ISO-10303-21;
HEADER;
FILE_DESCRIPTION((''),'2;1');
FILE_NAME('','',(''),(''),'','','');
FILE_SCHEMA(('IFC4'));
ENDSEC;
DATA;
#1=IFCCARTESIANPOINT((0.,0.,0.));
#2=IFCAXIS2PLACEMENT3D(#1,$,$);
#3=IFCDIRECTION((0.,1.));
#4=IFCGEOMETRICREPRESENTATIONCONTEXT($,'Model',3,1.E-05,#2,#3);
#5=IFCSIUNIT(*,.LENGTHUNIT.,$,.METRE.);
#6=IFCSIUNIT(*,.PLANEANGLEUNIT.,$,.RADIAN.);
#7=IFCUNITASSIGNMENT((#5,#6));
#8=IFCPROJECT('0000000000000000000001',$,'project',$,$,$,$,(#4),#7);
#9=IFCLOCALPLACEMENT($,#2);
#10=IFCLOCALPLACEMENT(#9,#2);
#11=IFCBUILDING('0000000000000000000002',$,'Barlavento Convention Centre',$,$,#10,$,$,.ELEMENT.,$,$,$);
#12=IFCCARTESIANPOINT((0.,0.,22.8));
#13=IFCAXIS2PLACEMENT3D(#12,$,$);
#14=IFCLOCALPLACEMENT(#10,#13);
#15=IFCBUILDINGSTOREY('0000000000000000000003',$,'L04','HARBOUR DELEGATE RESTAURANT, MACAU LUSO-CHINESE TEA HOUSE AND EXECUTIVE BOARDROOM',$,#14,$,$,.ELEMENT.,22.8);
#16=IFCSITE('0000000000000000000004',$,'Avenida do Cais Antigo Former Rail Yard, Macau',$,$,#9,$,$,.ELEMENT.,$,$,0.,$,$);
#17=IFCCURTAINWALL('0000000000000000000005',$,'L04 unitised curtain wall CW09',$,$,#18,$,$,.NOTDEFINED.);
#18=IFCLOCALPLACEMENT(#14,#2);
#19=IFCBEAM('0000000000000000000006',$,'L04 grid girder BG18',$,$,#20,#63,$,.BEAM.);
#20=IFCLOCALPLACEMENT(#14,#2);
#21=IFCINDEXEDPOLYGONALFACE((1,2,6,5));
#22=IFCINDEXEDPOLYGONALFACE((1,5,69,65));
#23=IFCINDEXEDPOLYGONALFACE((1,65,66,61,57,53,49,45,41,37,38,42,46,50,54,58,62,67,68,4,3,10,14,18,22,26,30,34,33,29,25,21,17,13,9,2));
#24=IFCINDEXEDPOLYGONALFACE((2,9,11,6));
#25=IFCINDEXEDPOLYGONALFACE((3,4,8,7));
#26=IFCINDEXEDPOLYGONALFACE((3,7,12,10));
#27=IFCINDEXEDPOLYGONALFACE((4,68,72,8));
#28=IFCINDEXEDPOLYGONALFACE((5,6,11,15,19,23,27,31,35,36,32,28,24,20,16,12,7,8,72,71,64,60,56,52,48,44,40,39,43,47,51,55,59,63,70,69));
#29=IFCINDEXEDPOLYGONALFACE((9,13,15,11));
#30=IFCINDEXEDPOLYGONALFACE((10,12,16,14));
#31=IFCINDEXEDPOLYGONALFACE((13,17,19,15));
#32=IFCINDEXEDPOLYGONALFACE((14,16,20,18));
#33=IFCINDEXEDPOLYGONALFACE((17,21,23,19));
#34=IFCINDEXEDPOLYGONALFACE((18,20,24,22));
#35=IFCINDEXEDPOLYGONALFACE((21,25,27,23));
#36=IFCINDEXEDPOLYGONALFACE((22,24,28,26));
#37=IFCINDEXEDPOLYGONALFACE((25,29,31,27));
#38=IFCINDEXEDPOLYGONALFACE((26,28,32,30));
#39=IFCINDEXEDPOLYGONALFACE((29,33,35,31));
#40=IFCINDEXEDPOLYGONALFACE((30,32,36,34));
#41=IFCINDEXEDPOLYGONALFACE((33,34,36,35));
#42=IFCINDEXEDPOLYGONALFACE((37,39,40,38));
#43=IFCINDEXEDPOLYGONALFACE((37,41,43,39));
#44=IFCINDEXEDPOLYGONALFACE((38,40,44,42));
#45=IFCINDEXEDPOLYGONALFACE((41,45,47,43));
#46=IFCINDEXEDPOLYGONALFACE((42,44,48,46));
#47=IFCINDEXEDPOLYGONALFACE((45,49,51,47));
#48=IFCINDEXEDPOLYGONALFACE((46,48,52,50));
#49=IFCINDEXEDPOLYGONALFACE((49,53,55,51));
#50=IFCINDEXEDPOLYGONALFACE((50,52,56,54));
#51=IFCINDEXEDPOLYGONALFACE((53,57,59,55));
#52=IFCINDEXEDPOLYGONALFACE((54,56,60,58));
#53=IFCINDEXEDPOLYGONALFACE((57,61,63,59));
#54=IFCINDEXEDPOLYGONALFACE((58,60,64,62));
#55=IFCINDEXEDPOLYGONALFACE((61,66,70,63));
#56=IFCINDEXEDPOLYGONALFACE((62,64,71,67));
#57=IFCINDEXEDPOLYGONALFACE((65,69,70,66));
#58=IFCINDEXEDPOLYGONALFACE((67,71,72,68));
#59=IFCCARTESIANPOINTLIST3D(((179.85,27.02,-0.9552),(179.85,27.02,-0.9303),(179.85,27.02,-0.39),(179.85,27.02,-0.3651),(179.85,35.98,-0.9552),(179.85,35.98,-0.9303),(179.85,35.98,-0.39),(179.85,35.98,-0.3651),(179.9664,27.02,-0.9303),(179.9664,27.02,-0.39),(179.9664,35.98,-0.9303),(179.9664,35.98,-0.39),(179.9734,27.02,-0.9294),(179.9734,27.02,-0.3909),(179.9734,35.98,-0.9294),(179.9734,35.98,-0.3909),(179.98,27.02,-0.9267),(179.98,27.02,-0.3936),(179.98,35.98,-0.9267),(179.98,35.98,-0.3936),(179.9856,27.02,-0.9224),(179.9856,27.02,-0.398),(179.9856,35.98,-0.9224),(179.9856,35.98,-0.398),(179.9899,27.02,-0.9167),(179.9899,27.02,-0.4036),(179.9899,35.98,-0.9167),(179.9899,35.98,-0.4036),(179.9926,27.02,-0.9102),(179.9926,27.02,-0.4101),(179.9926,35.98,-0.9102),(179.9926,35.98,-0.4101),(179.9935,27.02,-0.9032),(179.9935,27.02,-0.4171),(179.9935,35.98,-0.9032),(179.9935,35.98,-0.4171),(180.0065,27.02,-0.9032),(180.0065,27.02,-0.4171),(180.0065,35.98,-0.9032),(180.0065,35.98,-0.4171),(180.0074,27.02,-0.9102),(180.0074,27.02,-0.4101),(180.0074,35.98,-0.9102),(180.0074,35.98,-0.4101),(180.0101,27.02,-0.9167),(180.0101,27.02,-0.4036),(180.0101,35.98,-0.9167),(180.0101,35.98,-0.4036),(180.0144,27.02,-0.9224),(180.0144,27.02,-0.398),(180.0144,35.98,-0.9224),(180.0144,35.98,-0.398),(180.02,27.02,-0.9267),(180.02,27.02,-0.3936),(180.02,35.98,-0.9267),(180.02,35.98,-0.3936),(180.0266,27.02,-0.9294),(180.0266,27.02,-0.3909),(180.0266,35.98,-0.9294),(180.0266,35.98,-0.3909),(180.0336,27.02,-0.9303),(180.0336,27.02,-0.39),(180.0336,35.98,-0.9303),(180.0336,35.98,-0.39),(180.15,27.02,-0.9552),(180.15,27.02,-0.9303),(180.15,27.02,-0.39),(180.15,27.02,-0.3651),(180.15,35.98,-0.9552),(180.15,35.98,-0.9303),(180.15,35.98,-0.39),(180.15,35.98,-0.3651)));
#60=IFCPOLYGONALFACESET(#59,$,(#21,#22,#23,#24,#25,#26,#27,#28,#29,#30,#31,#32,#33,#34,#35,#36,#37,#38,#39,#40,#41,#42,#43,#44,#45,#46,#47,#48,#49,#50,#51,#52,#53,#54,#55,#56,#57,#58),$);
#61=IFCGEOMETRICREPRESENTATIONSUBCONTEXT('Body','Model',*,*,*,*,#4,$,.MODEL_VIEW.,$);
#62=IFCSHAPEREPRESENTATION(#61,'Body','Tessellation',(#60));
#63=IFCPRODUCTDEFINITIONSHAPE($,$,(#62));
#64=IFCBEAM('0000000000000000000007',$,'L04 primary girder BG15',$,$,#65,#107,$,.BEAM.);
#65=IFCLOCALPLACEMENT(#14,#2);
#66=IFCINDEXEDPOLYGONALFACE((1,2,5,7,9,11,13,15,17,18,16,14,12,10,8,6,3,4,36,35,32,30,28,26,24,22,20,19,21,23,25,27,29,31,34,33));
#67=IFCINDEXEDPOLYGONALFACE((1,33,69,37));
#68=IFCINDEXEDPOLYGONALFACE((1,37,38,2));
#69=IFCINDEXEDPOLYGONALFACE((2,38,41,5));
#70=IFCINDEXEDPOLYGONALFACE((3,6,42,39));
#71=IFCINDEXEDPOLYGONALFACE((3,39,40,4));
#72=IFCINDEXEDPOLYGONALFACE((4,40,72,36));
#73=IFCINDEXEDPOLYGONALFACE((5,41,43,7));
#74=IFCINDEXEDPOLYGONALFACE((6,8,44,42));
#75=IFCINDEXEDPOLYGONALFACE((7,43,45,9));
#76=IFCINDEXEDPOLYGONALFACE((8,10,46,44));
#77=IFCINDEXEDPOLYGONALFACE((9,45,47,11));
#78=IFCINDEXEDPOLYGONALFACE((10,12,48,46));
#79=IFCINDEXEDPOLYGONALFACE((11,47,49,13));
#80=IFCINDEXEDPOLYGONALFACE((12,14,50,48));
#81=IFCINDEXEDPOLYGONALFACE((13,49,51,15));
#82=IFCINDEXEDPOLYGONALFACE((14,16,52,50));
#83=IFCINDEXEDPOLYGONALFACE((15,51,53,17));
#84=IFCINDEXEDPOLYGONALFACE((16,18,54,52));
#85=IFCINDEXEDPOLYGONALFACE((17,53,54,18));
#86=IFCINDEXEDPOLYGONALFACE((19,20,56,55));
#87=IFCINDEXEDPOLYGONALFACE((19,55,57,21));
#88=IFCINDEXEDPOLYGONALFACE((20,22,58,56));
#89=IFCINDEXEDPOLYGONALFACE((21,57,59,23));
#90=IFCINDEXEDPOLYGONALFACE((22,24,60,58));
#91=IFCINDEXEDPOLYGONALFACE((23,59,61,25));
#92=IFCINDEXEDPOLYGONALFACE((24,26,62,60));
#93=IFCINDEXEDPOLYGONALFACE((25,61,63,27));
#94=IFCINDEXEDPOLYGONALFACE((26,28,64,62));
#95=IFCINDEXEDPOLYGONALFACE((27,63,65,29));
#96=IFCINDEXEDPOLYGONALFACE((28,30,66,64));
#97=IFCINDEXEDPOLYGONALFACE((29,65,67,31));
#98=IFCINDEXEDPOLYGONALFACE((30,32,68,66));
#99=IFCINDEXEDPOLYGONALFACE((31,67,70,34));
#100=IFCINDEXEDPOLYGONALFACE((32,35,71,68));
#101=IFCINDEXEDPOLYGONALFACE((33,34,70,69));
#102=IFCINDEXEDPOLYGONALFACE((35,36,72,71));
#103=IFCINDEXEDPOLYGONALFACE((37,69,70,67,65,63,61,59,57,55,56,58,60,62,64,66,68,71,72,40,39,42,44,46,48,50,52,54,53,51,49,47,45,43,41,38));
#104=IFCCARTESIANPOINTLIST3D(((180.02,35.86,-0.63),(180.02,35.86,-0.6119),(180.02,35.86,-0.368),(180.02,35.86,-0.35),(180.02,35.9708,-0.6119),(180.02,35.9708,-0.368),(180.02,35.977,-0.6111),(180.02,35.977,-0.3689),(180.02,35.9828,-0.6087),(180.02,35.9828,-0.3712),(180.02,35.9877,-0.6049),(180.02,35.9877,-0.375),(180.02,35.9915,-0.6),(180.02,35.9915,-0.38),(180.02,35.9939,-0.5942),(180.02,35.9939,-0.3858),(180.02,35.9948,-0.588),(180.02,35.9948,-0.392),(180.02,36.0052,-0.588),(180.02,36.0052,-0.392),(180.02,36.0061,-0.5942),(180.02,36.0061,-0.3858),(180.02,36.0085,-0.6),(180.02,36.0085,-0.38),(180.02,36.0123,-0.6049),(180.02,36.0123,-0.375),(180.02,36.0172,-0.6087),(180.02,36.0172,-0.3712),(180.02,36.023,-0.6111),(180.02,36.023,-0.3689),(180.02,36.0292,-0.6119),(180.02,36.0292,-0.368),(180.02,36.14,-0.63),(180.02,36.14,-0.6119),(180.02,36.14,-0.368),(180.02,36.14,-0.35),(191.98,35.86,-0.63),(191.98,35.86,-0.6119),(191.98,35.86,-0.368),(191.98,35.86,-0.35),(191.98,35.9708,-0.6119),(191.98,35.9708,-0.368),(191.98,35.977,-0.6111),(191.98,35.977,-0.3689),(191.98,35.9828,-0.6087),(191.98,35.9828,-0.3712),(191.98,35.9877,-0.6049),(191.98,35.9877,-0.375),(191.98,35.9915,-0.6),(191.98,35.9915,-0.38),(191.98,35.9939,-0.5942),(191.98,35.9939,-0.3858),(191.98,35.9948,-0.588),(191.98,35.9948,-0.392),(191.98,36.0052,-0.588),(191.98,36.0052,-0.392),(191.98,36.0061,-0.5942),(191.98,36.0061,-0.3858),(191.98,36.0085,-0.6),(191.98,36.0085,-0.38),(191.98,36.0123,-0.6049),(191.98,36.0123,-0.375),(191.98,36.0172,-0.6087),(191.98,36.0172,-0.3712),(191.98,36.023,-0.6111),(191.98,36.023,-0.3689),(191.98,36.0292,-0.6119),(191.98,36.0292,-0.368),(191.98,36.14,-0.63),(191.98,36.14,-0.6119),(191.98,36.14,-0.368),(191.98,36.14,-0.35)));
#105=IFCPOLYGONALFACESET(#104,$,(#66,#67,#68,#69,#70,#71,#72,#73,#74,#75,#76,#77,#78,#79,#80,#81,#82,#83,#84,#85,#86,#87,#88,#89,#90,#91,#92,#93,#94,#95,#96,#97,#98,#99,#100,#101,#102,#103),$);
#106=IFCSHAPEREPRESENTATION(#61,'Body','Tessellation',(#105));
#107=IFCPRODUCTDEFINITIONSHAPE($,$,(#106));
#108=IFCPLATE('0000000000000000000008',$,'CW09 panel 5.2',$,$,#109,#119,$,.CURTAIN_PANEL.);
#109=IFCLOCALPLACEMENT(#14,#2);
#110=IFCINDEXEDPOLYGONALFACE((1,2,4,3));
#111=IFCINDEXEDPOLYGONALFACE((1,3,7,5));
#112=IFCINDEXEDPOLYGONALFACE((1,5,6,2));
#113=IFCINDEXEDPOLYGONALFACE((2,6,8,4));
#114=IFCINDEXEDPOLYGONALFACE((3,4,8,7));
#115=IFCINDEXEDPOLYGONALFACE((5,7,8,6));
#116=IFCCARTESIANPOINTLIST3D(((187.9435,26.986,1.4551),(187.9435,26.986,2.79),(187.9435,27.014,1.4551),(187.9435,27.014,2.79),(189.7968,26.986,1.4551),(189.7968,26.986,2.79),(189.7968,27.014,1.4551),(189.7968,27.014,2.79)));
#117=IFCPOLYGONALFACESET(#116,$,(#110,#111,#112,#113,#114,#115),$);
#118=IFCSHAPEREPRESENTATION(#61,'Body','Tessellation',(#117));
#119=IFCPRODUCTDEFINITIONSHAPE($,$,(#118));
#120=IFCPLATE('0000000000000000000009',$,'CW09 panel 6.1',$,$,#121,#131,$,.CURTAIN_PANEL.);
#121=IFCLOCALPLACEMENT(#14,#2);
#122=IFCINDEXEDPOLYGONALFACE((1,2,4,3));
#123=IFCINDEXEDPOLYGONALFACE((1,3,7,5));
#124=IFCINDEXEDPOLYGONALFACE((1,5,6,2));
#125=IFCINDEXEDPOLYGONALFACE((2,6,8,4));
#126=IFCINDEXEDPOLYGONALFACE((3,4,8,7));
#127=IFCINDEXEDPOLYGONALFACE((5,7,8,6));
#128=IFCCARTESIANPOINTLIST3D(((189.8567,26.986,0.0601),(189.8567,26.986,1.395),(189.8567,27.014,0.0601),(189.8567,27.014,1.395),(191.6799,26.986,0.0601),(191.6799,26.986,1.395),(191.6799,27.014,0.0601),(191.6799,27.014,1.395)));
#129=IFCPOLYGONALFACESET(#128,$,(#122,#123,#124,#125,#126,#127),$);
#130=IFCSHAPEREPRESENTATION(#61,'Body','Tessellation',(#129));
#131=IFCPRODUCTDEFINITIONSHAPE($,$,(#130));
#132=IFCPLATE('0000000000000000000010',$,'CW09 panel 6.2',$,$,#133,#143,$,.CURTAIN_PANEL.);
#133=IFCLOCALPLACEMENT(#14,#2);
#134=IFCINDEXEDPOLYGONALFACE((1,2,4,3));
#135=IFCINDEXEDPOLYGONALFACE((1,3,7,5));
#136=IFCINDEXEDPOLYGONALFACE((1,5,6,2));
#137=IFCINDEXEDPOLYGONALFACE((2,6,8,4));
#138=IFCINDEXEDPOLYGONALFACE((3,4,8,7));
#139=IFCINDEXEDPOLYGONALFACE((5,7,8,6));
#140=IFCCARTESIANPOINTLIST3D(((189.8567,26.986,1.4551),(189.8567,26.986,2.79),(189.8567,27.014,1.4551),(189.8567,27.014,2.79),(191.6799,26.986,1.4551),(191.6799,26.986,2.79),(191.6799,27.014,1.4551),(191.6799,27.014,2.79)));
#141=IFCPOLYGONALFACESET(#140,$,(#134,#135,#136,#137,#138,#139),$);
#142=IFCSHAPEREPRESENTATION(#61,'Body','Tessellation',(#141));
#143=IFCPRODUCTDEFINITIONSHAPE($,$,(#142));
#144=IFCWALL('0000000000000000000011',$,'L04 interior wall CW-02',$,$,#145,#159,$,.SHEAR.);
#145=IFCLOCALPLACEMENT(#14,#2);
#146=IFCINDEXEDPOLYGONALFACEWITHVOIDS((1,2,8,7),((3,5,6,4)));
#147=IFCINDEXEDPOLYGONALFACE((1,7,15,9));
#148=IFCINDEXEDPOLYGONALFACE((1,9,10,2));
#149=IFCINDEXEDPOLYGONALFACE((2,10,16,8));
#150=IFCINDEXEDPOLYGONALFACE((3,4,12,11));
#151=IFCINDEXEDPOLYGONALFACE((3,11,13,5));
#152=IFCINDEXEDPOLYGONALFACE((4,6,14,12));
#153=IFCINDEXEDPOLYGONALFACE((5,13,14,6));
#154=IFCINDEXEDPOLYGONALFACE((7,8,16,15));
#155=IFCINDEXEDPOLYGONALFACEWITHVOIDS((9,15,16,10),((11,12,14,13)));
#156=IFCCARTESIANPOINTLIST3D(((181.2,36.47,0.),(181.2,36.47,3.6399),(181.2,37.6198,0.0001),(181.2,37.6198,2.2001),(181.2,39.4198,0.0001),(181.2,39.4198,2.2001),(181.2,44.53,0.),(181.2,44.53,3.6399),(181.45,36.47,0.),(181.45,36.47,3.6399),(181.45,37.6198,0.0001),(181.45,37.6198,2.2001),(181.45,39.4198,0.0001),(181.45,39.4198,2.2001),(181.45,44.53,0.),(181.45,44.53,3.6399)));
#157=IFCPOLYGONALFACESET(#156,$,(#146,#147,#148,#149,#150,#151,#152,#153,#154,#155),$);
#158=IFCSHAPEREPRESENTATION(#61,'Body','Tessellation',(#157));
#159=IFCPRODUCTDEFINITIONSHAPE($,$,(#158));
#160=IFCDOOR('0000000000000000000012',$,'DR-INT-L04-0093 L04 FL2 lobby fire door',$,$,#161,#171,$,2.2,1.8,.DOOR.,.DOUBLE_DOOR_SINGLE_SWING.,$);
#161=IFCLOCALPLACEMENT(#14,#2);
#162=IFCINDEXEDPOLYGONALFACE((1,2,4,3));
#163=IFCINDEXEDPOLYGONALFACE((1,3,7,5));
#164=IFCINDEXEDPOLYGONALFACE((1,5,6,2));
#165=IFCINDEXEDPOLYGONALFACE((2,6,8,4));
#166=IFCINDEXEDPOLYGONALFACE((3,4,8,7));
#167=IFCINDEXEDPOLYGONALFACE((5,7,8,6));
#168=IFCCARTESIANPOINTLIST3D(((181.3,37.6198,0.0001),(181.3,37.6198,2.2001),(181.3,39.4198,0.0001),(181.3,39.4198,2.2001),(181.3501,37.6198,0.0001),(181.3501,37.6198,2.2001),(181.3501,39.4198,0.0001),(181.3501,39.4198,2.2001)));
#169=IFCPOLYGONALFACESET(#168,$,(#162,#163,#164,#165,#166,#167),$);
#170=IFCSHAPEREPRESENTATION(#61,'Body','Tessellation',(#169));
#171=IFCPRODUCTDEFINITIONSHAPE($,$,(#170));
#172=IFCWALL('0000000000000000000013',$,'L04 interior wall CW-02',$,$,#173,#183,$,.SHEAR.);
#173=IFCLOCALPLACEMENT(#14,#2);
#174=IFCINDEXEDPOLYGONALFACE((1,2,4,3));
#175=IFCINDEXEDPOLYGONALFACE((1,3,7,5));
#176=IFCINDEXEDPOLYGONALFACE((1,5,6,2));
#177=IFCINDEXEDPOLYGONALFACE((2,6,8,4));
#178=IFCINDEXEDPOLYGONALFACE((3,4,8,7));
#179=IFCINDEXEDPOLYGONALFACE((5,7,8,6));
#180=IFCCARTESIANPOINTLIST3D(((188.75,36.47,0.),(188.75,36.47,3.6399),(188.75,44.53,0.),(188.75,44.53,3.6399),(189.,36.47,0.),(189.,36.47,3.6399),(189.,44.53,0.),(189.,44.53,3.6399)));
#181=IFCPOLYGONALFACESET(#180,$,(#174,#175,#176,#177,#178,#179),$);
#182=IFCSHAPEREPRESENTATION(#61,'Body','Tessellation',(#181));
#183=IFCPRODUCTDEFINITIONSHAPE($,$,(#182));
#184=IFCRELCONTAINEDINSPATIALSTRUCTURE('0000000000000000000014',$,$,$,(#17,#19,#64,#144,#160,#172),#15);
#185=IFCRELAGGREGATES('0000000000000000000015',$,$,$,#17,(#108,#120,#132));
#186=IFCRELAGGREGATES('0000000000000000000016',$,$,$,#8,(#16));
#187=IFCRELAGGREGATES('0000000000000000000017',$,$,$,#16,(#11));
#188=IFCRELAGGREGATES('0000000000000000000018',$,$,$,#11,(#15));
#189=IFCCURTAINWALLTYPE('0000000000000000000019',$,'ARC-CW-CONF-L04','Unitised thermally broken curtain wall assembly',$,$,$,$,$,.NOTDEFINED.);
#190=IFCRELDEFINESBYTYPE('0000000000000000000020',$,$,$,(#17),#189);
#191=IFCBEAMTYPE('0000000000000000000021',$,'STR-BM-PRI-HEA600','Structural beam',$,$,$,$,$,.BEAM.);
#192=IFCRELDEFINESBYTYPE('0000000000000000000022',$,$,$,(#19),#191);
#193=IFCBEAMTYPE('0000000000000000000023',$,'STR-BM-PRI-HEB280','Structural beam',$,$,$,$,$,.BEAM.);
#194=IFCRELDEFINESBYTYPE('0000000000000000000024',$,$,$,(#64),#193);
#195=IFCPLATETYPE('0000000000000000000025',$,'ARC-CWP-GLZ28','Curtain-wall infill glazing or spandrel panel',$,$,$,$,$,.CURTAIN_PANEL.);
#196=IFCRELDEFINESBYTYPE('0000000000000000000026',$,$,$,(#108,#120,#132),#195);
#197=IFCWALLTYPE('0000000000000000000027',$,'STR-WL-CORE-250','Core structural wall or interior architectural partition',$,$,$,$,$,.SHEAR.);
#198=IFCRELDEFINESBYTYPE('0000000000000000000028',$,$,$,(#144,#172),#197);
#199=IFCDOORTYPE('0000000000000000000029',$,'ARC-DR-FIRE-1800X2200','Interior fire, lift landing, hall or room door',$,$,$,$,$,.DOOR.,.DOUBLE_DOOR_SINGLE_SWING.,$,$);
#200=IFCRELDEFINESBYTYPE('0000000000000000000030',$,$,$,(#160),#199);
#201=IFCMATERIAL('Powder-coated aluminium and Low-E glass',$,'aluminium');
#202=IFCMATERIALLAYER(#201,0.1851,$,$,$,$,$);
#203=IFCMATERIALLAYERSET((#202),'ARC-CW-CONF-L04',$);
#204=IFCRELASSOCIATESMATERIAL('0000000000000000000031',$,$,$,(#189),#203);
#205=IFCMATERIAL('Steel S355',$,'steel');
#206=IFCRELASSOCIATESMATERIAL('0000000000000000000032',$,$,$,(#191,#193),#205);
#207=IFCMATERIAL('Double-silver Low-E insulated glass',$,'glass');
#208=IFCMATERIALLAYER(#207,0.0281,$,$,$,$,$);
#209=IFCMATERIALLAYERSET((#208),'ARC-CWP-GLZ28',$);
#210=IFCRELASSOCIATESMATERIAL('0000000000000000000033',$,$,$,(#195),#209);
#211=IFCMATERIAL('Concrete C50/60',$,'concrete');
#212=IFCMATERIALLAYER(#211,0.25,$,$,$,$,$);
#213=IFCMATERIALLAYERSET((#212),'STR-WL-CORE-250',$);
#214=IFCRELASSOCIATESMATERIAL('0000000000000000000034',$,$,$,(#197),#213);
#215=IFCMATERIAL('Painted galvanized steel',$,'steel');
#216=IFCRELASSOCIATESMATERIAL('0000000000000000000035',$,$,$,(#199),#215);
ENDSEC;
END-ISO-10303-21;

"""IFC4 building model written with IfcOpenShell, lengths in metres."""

from ifc_helpers import new_model, si_unit, direction, frame, frame_2d, origin, origin_2d, place, context, subcontext, project, spatial, rectangle, i_section, extrude, material, layer, layer_set, material_profile, profile_set, type_object, element, fill, aggregate, save


model = new_model("IFC4")

# Units and contexts
model_context = context("Model", 3, precision=1e-05, world=origin(), true_north=direction((0.0, 1.0)))
body_context = subcontext(model_context, "Body", "Model", "MODEL_VIEW")
ifc_project = project(units=[si_unit("LENGTHUNIT", "METRE"), si_unit("PLANEANGLEUNIT", "RADIAN")], contexts=[model_context])

# Site, building, storey
site_placement = place(None, origin())
site = spatial("IfcSite", under=ifc_project, at=site_placement, Name="Avenida do Cais Antigo Former Rail Yard, Macau", CompositionType="ELEMENT", RefElevation=0.0)
building_placement = place(site_placement, origin())
building = spatial("IfcBuilding", under=site, at=building_placement, Name="Barlavento Convention Centre", CompositionType="ELEMENT")
storey_placement = place(building_placement, frame((0.0, 0.0, 22.8)))
storey = spatial("IfcBuildingStorey", under=building, at=storey_placement, Name="L04", Description="HARBOUR DELEGATE RESTAURANT, MACAU LUSO-CHINESE TEA HOUSE AND EXECUTIVE BOARDROOM", CompositionType="ELEMENT", Elevation=22.8)

# Shared definitions
ifc_material_1 = material(Name="Steel S355", Category="steel")

# Curtain wall
ifc_material_2 = material(Name="Powder-coated aluminium and Low-E glass", Category="aluminium")
ifc_layer_1 = layer(ifc_material_2, 0.1851)
ifc_layer_set_1 = layer_set([ifc_layer_1], Name="ARC-CW-CONF-L04")
curtain_wall_type = type_object("IfcCurtainWallType", Name="ARC-CW-CONF-L04", Description="Unitised thermally broken curtain wall assembly", PredefinedType="NOTDEFINED", material=ifc_layer_set_1)
curtain_wall_placement = place(storey_placement, origin())
curtain_wall = element("IfcCurtainWall", 1, at=curtain_wall_placement, inside=storey, type_object=curtain_wall_type, Name="L04 unitised curtain wall CW09", PredefinedType="NOTDEFINED")

# Beams
ifc_material_profile_1 = material_profile(ifc_material_1, i_section(OverallWidth=0.3, OverallDepth=0.5901, WebThickness=0.0129, FlangeThickness=0.0249, FilletRadius=0.0271, at=origin_2d()), Name="HEA 600")
ifc_profile_set_1 = profile_set([ifc_material_profile_1], Name="Steel S355")
beam_type_1 = type_object("IfcBeamType", Name="STR-BM-PRI-HEA600", Description="Structural beam", PredefinedType="BEAM", material=ifc_profile_set_1)
beam_1_placement = place(storey_placement, frame((180.0, 27.02, -0.6602), z_axis=(0.0, 1.0, 0.0), x_axis=(-1.0, 0.0, 0.0)))
element("IfcBeam", 2, at=beam_1_placement, inside=storey, type_object=beam_type_1, Name="L04 grid girder BG18", PredefinedType="BEAM", context=body_context, shape_type="SweptSolid", body=[
    extrude(i_section(OverallWidth=0.3, OverallDepth=0.5901, WebThickness=0.0129, FlangeThickness=0.0249, FilletRadius=0.0271, at=origin_2d()), origin(), (0.0, 0.0, 1.0), 8.96),
])
ifc_material_profile_2 = material_profile(ifc_material_1, i_section(OverallWidth=0.28, OverallDepth=0.28, WebThickness=0.0105, FlangeThickness=0.0181, FilletRadius=0.0239, at=origin_2d()), Name="HEB 280")
ifc_profile_set_2 = profile_set([ifc_material_profile_2], Name="Steel S355")
beam_type_2 = type_object("IfcBeamType", Name="STR-BM-PRI-HEB280", Description="Structural beam", PredefinedType="BEAM", material=ifc_profile_set_2)
beam_2_placement = place(storey_placement, frame((180.02, 36.0, -0.49), z_axis=(1.0, 0.0, 0.0), x_axis=(0.0, 1.0, 0.0)))
element("IfcBeam", 3, at=beam_2_placement, inside=storey, type_object=beam_type_2, Name="L04 primary girder BG15", PredefinedType="BEAM", context=body_context, shape_type="SweptSolid", body=[
    extrude(i_section(OverallWidth=0.28, OverallDepth=0.28, WebThickness=0.0105, FlangeThickness=0.0181, FilletRadius=0.0239, at=origin_2d()), origin(), (0.0, 0.0, 1.0), 11.96),
])

# Plates
ifc_material_3 = material(Name="Double-silver Low-E insulated glass", Category="glass")
ifc_layer_2 = layer(ifc_material_3, 0.0281)
ifc_layer_set_2 = layer_set([ifc_layer_2], Name="ARC-CWP-GLZ28")
plate_type = type_object("IfcPlateType", Name="ARC-CWP-GLZ28", Description="Curtain-wall infill glazing or spandrel panel", PredefinedType="CURTAIN_PANEL", material=ifc_layer_set_2)
plate_1_placement = place(storey_placement, frame((188.8701, 27.0, 1.4551), z_axis=(0.0, 0.0, 1.0), x_axis=(1.0, 0.0, 0.0)))
plate_1 = element("IfcPlate", 4, at=plate_1_placement, type_object=plate_type, Name="CW09 panel 5.2", PredefinedType="CURTAIN_PANEL", context=body_context, shape_type="SweptSolid", body=[
    extrude(rectangle(XDim=1.8533, YDim=0.0281, at=origin_2d()), origin(), (0.0, 0.0, 1.0), 1.335),
])
plate_2_placement = place(storey_placement, frame((190.7683, 27.0, 0.0601), z_axis=(0.0, 0.0, 1.0), x_axis=(1.0, 0.0, 0.0)))
plate_2 = element("IfcPlate", 5, at=plate_2_placement, type_object=plate_type, Name="CW09 panel 6.1", PredefinedType="CURTAIN_PANEL", context=body_context, shape_type="SweptSolid", body=[
    extrude(rectangle(XDim=1.8232, YDim=0.0281, at=origin_2d()), origin(), (0.0, 0.0, 1.0), 1.335),
])
plate_3_placement = place(storey_placement, frame((190.7683, 27.0, 1.4551), z_axis=(0.0, 0.0, 1.0), x_axis=(1.0, 0.0, 0.0)))
plate_3 = element("IfcPlate", 6, at=plate_3_placement, type_object=plate_type, Name="CW09 panel 6.2", PredefinedType="CURTAIN_PANEL", context=body_context, shape_type="SweptSolid", body=[
    extrude(rectangle(XDim=1.8232, YDim=0.0281, at=origin_2d()), origin(), (0.0, 0.0, 1.0), 1.335),
])
aggregate(curtain_wall, [plate_1, plate_2, plate_3])

# Wall, opening, door
ifc_material_4 = material(Name="Concrete C50/60", Category="concrete")
ifc_layer_3 = layer(ifc_material_4, 0.25)
ifc_layer_set_3 = layer_set([ifc_layer_3], Name="STR-WL-CORE-250")
wall_type = type_object("IfcWallType", Name="STR-WL-CORE-250", Description="Core structural wall or interior architectural partition", PredefinedType="SHEAR", material=ifc_layer_set_3)
wall_1_placement = place(storey_placement, frame((181.325, 36.47, 0.0), z_axis=(0.0, 0.0, 1.0), x_axis=(0.0, 1.0, 0.0)))
wall_1 = element("IfcWall", 7, at=wall_1_placement, inside=storey, type_object=wall_type, Name="L04 interior wall CW-02", PredefinedType="SHEAR", context=body_context, shape_type="SweptSolid", body=[
    extrude(rectangle(XDim=8.0601, YDim=0.25, at=frame_2d((4.03, 0.0))), origin(), (0.0, 0.0, 1.0), 3.6399),
])
opening_1_placement = place(wall_1_placement, frame((1.1499, 0.0, 0.0)))
opening_1 = element("IfcOpeningElement", 8, at=opening_1_placement, cuts=wall_1, PredefinedType="OPENING", context=body_context, shape_type="SweptSolid", body=[
    extrude(rectangle(XDim=1.8, YDim=2.2, at=frame_2d((0.8999, 1.1001))), frame((0.0, 0.135, 0.0), z_axis=(0.0, -1.0, 0.0), x_axis=(1.0, 0.0, 0.0)), (0.0, 0.0, 1.0), 0.27),
])
ifc_material_5 = material(Name="Painted galvanized steel", Category="steel")
door_type_1 = type_object("IfcDoorType", Name="ARC-DR-FIRE-1800X2200", Description="Interior fire, lift landing, hall or room door", OperationType="DOUBLE_DOOR_SINGLE_SWING", PredefinedType="DOOR", material=ifc_material_5)
door_1_placement = place(opening_1_placement, origin())
door_1 = element("IfcDoor", 9, at=door_1_placement, inside=storey, type_object=door_type_1, Name="DR-INT-L04-0093 L04 FL2 lobby fire door", OperationType="DOUBLE_DOOR_SINGLE_SWING", OverallHeight=2.2, OverallWidth=1.8, PredefinedType="DOOR", context=body_context, shape_type="SweptSolid", body=[
    extrude(rectangle(XDim=1.8, YDim=2.2, at=frame_2d((0.8999, 1.1001))), frame((0.0, 0.0249, 0.0), z_axis=(0.0, -1.0, 0.0), x_axis=(1.0, 0.0, 0.0)), (0.0, 0.0, 1.0), 0.05),
])
fill(opening_1, door_1)

# Wall
wall_2_placement = place(storey_placement, frame((188.875, 36.47, 0.0), z_axis=(0.0, 0.0, 1.0), x_axis=(0.0, 1.0, 0.0)))
element("IfcWall", 10, at=wall_2_placement, inside=storey, type_object=wall_type, Name="L04 interior wall CW-02", PredefinedType="SHEAR", context=body_context, shape_type="SweptSolid", body=[
    extrude(rectangle(XDim=8.0601, YDim=0.25, at=frame_2d((4.03, 0.0))), origin(), (0.0, 0.0, 1.0), 3.6399),
])

save(model, "model.ifc")
